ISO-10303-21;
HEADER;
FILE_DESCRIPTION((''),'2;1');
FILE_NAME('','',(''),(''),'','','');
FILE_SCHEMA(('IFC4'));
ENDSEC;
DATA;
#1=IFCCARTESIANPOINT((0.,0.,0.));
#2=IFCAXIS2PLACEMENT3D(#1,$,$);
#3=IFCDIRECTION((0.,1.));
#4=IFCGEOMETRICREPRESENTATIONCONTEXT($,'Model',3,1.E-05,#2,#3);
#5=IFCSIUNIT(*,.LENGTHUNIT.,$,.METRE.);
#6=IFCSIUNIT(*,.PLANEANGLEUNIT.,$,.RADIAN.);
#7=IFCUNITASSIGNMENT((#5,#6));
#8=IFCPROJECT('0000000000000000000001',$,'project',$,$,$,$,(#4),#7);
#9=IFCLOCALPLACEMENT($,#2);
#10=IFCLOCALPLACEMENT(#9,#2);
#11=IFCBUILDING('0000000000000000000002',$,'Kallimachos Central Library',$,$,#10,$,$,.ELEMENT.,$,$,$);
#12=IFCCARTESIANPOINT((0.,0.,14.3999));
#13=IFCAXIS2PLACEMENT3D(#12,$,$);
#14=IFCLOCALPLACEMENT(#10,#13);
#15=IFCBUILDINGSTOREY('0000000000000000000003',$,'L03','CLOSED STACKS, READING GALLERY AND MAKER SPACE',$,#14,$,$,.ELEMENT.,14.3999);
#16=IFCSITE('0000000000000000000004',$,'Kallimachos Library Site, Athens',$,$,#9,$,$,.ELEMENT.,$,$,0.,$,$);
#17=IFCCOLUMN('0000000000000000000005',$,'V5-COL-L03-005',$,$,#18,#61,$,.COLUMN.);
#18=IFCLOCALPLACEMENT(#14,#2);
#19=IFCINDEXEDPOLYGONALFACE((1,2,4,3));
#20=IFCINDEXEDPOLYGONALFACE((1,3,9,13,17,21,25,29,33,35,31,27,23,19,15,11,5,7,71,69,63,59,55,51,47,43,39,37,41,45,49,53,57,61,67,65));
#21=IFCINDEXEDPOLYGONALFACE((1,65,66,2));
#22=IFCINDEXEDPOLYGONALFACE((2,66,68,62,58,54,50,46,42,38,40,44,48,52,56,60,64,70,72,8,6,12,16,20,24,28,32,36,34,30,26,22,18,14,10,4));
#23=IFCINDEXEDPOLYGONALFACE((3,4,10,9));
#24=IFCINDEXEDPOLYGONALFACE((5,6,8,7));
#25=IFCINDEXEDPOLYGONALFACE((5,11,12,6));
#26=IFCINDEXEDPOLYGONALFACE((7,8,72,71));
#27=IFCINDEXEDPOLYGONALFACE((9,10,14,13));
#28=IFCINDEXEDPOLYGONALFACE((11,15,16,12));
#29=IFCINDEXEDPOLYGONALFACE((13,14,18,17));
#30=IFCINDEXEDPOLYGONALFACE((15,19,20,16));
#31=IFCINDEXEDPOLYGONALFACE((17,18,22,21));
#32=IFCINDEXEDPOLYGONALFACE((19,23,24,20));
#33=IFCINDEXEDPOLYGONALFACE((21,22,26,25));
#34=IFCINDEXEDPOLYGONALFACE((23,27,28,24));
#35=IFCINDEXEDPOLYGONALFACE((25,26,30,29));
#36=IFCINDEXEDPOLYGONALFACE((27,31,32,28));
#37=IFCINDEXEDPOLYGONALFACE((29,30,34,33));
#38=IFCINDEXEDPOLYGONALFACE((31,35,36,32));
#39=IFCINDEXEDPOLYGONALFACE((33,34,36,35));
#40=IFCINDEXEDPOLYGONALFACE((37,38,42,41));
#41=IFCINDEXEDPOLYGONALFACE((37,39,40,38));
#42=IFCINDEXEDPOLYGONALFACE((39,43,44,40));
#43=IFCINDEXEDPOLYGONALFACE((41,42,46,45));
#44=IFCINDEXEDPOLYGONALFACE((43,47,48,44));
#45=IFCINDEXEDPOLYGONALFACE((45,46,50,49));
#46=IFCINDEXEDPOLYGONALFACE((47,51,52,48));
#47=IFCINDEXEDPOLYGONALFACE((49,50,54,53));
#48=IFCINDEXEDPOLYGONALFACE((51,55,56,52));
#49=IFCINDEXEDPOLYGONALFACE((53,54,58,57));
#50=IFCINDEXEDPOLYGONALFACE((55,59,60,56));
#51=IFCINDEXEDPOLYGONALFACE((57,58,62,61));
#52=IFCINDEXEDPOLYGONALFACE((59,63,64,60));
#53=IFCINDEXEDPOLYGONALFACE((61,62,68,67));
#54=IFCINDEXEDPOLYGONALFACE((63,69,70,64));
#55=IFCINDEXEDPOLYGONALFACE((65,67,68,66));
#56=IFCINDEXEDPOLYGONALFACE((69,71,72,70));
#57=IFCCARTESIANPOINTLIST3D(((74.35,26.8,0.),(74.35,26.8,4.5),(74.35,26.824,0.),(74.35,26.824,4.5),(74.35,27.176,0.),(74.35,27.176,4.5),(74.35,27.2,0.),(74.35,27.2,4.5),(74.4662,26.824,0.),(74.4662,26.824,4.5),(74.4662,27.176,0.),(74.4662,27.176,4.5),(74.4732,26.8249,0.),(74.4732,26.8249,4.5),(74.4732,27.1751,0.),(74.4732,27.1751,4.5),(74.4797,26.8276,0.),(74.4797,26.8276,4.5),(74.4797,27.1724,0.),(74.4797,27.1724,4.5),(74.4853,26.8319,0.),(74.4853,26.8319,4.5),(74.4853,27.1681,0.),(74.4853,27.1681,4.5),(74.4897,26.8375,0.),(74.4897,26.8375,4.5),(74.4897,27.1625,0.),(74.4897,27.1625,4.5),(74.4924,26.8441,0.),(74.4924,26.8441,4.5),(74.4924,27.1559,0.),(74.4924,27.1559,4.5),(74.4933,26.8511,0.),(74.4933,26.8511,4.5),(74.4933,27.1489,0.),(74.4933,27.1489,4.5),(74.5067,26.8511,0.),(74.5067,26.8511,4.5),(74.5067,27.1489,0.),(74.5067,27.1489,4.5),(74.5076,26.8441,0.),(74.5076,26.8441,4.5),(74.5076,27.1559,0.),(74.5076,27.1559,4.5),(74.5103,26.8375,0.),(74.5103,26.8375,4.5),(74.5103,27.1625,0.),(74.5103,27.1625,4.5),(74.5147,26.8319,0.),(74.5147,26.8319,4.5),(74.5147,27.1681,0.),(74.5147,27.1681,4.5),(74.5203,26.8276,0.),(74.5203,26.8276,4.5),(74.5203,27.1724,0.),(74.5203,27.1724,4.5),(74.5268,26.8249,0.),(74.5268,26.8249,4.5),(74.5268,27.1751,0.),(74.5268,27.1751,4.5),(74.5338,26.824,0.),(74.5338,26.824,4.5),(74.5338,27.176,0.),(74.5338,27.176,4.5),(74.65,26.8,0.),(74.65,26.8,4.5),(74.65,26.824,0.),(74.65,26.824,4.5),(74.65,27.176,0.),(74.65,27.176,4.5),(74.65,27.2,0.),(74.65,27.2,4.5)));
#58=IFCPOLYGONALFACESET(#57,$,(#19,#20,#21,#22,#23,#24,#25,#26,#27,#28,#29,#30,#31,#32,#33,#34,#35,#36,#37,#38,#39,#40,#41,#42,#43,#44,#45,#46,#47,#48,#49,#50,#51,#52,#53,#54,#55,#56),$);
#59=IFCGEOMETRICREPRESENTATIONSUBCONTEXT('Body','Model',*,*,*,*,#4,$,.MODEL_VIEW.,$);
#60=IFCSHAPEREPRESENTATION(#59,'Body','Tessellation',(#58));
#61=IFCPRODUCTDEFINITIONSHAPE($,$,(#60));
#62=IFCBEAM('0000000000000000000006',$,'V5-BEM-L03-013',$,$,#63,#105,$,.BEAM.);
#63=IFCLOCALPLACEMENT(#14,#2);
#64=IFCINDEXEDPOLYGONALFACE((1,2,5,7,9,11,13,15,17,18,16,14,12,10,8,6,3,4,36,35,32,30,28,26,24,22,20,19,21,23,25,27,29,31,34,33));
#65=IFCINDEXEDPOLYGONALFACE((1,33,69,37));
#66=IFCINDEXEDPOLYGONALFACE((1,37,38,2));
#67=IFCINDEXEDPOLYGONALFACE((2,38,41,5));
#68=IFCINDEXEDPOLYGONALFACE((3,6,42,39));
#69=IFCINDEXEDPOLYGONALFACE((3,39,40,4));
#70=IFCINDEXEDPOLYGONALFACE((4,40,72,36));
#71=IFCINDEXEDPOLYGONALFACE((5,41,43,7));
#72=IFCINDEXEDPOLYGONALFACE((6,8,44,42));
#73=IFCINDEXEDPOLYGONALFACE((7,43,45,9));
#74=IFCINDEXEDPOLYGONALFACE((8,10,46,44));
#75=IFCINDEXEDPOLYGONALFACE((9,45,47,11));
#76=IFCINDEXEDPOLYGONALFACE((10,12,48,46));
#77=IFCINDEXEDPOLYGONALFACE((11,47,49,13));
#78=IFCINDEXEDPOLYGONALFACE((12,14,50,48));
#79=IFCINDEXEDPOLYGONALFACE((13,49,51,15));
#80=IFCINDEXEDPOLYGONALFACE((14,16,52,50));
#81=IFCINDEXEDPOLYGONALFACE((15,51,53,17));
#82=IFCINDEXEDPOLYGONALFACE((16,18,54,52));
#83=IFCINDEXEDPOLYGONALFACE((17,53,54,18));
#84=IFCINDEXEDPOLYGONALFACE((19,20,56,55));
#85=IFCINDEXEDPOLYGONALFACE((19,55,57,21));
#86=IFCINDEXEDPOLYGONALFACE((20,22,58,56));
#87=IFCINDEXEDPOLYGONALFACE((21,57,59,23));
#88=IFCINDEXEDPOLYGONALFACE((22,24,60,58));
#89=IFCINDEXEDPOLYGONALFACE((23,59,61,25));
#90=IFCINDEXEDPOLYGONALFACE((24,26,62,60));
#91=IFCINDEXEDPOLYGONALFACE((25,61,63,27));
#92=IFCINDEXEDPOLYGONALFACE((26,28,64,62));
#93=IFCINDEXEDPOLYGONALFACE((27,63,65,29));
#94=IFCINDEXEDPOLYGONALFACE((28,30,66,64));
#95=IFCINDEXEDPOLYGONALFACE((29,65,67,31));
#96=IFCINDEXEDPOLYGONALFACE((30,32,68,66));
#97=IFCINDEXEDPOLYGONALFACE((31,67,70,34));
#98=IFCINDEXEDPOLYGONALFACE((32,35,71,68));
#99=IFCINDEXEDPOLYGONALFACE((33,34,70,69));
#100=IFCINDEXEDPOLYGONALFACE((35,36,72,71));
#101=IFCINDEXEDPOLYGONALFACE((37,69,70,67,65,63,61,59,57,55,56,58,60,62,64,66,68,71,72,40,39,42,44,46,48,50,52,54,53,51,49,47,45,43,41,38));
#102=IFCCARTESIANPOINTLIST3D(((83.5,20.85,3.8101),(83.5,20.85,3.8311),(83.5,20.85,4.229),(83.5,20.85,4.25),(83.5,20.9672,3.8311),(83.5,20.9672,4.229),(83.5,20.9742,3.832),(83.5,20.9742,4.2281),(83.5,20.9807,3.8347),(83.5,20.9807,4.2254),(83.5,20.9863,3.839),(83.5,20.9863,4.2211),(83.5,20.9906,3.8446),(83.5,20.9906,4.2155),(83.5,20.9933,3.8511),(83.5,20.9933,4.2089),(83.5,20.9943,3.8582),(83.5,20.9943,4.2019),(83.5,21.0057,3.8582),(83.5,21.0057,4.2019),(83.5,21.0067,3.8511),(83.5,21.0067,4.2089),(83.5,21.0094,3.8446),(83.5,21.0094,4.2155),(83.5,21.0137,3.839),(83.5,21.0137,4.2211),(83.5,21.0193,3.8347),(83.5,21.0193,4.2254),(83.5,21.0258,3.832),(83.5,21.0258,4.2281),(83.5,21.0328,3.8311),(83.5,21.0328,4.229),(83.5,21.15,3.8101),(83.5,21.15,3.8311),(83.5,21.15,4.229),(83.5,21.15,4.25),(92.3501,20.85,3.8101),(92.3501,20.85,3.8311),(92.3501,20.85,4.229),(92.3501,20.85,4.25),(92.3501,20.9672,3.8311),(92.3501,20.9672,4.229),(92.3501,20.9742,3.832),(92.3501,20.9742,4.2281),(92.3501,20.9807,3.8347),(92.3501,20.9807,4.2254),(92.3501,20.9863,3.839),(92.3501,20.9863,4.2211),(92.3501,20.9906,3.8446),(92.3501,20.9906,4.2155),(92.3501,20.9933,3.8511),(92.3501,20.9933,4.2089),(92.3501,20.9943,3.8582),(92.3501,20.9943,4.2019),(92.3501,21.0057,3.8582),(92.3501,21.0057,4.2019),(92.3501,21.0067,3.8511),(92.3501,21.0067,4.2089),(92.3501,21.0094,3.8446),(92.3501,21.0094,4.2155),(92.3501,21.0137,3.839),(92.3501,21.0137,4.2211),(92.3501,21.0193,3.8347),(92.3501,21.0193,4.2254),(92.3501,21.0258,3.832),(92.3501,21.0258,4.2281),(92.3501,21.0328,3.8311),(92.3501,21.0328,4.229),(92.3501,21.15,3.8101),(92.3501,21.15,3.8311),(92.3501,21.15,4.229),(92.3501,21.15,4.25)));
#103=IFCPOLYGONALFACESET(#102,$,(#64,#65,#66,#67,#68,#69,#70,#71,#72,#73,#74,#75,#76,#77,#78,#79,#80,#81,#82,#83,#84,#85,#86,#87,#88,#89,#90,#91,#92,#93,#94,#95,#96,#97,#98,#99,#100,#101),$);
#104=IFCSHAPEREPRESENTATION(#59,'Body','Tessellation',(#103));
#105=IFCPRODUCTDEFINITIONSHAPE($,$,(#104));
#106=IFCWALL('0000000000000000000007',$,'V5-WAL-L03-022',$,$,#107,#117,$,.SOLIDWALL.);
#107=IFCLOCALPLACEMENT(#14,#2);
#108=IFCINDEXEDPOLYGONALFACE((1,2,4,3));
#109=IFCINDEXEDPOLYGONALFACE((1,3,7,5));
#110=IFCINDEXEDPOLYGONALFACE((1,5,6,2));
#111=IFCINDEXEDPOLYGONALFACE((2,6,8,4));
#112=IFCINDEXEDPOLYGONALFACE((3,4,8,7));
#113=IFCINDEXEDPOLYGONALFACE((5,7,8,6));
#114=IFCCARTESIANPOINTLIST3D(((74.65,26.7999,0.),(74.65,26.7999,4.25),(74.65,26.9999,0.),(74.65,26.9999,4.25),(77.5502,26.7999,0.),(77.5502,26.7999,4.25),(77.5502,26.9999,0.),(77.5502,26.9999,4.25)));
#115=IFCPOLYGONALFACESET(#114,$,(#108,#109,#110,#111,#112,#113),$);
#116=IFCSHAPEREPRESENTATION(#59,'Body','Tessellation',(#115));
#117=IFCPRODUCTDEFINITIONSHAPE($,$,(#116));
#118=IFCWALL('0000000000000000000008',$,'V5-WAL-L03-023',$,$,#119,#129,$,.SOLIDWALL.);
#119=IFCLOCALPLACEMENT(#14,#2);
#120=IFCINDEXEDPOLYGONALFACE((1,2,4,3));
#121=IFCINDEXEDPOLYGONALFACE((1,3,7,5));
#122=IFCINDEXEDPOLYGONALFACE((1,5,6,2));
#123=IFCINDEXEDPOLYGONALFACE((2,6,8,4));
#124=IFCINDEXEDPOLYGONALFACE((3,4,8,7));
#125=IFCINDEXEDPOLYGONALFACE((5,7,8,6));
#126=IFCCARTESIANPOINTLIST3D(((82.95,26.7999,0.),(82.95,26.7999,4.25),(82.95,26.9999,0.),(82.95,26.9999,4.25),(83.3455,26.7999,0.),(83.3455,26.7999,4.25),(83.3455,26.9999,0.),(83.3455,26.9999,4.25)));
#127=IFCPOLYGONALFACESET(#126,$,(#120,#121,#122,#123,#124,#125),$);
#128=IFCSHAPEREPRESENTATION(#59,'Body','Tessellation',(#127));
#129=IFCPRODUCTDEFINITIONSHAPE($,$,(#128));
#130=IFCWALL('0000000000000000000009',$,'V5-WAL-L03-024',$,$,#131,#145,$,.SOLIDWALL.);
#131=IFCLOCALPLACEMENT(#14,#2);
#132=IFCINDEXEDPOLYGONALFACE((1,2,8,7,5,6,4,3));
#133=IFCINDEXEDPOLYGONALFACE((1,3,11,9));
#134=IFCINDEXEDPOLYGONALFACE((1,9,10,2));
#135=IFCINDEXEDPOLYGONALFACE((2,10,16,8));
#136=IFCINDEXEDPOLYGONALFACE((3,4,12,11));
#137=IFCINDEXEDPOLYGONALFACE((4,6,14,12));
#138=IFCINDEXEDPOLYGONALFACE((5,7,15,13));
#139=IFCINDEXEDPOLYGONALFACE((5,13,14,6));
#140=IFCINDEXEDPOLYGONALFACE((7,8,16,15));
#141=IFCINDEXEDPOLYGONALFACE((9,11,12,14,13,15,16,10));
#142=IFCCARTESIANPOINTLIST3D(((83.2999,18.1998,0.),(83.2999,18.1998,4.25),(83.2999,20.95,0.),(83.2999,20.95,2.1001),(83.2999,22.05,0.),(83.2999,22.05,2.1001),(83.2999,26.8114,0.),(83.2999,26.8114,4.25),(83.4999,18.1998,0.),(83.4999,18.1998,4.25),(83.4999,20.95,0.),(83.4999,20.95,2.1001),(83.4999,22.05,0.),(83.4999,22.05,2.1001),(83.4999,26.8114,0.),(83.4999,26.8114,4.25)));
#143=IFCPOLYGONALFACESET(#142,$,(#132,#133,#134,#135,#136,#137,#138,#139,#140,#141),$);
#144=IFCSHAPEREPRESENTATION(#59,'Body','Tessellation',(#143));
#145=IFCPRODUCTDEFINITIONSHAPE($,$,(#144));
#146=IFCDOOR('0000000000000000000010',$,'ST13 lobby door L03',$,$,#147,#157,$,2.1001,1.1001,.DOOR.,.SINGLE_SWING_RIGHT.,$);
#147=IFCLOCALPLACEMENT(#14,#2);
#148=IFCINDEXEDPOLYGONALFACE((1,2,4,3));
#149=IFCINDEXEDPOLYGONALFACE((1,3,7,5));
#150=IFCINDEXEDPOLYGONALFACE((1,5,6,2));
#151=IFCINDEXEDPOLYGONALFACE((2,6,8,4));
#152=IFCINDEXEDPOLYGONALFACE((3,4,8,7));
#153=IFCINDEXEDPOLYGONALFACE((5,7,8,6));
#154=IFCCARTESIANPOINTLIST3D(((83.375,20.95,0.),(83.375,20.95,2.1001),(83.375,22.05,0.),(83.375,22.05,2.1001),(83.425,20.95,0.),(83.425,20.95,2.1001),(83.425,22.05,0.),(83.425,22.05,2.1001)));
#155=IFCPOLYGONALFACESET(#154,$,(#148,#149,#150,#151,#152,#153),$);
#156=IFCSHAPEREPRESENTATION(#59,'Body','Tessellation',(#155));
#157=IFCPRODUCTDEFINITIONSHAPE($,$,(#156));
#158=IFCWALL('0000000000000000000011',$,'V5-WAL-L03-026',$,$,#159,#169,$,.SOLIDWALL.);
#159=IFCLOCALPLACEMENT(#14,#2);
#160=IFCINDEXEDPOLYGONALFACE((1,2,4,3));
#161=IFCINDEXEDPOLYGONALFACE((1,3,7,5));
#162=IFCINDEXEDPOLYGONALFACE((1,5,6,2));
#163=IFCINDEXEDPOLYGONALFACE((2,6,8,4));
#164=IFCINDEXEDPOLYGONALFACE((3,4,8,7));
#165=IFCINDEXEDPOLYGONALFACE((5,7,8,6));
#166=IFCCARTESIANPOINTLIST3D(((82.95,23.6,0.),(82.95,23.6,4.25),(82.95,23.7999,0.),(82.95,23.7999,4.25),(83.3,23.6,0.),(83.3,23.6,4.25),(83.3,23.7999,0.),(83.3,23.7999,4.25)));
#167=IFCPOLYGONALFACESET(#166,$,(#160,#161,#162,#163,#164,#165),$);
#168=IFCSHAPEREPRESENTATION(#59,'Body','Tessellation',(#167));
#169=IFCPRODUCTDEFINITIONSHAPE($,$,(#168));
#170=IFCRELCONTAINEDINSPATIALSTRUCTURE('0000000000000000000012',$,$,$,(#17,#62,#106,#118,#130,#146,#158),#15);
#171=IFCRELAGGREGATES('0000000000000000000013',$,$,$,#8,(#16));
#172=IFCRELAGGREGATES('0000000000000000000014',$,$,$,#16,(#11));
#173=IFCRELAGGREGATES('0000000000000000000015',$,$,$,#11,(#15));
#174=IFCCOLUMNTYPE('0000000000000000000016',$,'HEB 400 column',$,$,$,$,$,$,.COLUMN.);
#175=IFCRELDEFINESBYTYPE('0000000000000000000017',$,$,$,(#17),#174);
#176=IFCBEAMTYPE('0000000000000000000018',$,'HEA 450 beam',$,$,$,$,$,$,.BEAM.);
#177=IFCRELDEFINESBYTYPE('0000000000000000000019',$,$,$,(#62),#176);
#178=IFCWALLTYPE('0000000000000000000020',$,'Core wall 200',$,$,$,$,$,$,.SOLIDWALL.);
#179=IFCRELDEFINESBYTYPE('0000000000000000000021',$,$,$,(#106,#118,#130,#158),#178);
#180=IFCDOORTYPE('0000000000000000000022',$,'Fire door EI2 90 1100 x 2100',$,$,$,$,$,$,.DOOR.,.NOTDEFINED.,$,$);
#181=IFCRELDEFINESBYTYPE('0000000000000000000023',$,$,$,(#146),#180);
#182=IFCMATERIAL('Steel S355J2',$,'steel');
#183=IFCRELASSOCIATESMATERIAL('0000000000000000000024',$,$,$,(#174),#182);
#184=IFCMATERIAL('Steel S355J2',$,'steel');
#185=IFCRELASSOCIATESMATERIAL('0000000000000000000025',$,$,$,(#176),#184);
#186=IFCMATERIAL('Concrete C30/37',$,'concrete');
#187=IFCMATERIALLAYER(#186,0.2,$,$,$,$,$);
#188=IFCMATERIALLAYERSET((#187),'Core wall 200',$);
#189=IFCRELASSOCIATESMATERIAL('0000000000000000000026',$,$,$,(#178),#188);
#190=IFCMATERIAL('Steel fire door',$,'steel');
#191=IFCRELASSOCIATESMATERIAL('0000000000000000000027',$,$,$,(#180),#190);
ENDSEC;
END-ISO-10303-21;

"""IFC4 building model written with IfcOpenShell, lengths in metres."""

from ifc_helpers import new_model, si_unit, direction, frame, frame_2d, origin, origin_2d, place, context, subcontext, project, spatial, rectangle, i_section, extrude, material, layer, layer_set, material_profile, profile_set, type_object, element, fill, save


model = new_model("IFC4")

# Units and contexts
model_context = context("Model", 3, precision=1e-05, world=origin(), true_north=direction((0.0, 1.0)))
body_context = subcontext(model_context, "Body", "Model", "MODEL_VIEW")
ifc_project = project(units=[si_unit("LENGTHUNIT", "METRE"), si_unit("PLANEANGLEUNIT", "RADIAN")], contexts=[model_context])

# Site, building, storey
site_placement = place(None, origin())
site = spatial("IfcSite", under=ifc_project, at=site_placement, Name="Kallimachos Library Site, Athens", CompositionType="ELEMENT", RefElevation=0.0)
building_placement = place(site_placement, origin())
building = spatial("IfcBuilding", under=site, at=building_placement, Name="Kallimachos Central Library", CompositionType="ELEMENT")
storey_placement = place(building_placement, frame((0.0, 0.0, 14.3999)))
storey = spatial("IfcBuildingStorey", under=building, at=storey_placement, Name="L03", Description="CLOSED STACKS, READING GALLERY AND MAKER SPACE", CompositionType="ELEMENT", Elevation=14.3999)

# Column
ifc_material_1 = material(Name="Steel S355J2", Category="steel")
ifc_material_profile_1 = material_profile(ifc_material_1, i_section(OverallWidth=0.3, OverallDepth=0.3999, WebThickness=0.0134, FlangeThickness=0.0239, FilletRadius=0.0271, at=origin_2d()), Name="HEB 400")
ifc_profile_set_1 = profile_set([ifc_material_profile_1], Name="Steel S355J2")
column_type = type_object("IfcColumnType", Name="HEB 400 column", PredefinedType="COLUMN", material=ifc_profile_set_1)
column_placement = place(storey_placement, frame((74.5, 27.0, 0.0), z_axis=(0.0, 0.0, 1.0), x_axis=(1.0, 0.0, 0.0)))
element("IfcColumn", 1, at=column_placement, inside=storey, type_object=column_type, Name="V5-COL-L03-005", PredefinedType="COLUMN", context=body_context, shape_type="SweptSolid", body=[
    extrude(i_section(OverallWidth=0.3, OverallDepth=0.3999, WebThickness=0.0134, FlangeThickness=0.0239, FilletRadius=0.0271, at=origin_2d()), origin(), (0.0, 0.0, 1.0), 4.5),
])

# Beam
ifc_material_2 = material(Name="Steel S355J2", Category="steel")
ifc_material_profile_2 = material_profile(ifc_material_2, i_section(OverallWidth=0.3, OverallDepth=0.4399, WebThickness=0.0115, FlangeThickness=0.021, FilletRadius=0.0271, at=origin_2d()), Name="HEA 450")
ifc_profile_set_2 = profile_set([ifc_material_profile_2], Name="Steel S355J2")
beam_type = type_object("IfcBeamType", Name="HEA 450 beam", PredefinedType="BEAM", material=ifc_profile_set_2)
beam_placement = place(storey_placement, frame((83.5, 21.0, 4.03), z_axis=(1.0, 0.0, 0.0), x_axis=(0.0, 1.0, 0.0)))
element("IfcBeam", 2, at=beam_placement, inside=storey, type_object=beam_type, Name="V5-BEM-L03-013", PredefinedType="BEAM", context=body_context, shape_type="SweptSolid", body=[
    extrude(i_section(OverallWidth=0.3, OverallDepth=0.4399, WebThickness=0.0115, FlangeThickness=0.021, FilletRadius=0.0271, at=origin_2d()), origin(), (0.0, 0.0, 1.0), 8.8501),
])

# Walls
ifc_material_3 = material(Name="Concrete C30/37", Category="concrete")
ifc_layer_1 = layer(ifc_material_3, 0.2)
ifc_layer_set_1 = layer_set([ifc_layer_1], Name="Core wall 200")
wall_type_1 = type_object("IfcWallType", Name="Core wall 200", PredefinedType="SOLIDWALL", material=ifc_layer_set_1)
wall_1_placement = place(storey_placement, frame((74.6499, 26.8999, 0.0), z_axis=(0.0, 0.0, 1.0), x_axis=(1.0, 0.0, 0.0)))
element("IfcWall", 3, at=wall_1_placement, inside=storey, type_object=wall_type_1, Name="V5-WAL-L03-022", PredefinedType="SOLIDWALL", context=body_context, shape_type="SweptSolid", body=[
    extrude(rectangle(XDim=2.9001, YDim=0.2, at=frame_2d((1.4502, 0.0))), origin(), (0.0, 0.0, 1.0), 4.25),
])
wall_2_placement = place(storey_placement, frame((82.95, 26.8999, 0.0), z_axis=(0.0, 0.0, 1.0), x_axis=(1.0, 0.0, 0.0)))
element("IfcWall", 4, at=wall_2_placement, inside=storey, type_object=wall_type_1, Name="V5-WAL-L03-023", PredefinedType="SOLIDWALL", context=body_context, shape_type="SweptSolid", body=[
    extrude(rectangle(XDim=0.3955, YDim=0.2, at=frame_2d((0.1978, 0.0))), origin(), (0.0, 0.0, 1.0), 4.25),
])

# Wall, opening, door
wall_3_placement = place(storey_placement, frame((83.3999, 18.2, 0.0), z_axis=(0.0, 0.0, 1.0), x_axis=(0.0, 1.0, 0.0)))
wall_3 = element("IfcWall", 5, at=wall_3_placement, inside=storey, type_object=wall_type_1, Name="V5-WAL-L03-024", PredefinedType="SOLIDWALL", context=body_context, shape_type="SweptSolid", body=[
    extrude(rectangle(XDim=8.6116, YDim=0.2, at=frame_2d((4.3057, 0.0))), origin(), (0.0, 0.0, 1.0), 4.25),
])
opening_1_placement = place(wall_3_placement, frame((2.75, 0.0, 0.0)))
opening_1 = element("IfcOpeningElement", 6, at=opening_1_placement, cuts=wall_3, PredefinedType="OPENING", context=body_context, shape_type="SweptSolid", body=[
    extrude(rectangle(XDim=1.1001, YDim=2.1001, at=frame_2d((0.55, 1.05))), frame((0.0, 0.1099, 0.0), z_axis=(0.0, -1.0, 0.0), x_axis=(1.0, 0.0, 0.0)), (0.0, 0.0, 1.0), 0.22),
])
ifc_material_4 = material(Name="Steel fire door", Category="steel")
door_type_1 = type_object("IfcDoorType", Name="Fire door EI2 90 1100 x 2100", OperationType="NOTDEFINED", PredefinedType="DOOR", material=ifc_material_4)
door_1_placement = place(opening_1_placement, origin())
door_1 = element("IfcDoor", 7, at=door_1_placement, inside=storey, type_object=door_type_1, Name="ST13 lobby door L03", OperationType="SINGLE_SWING_RIGHT", OverallHeight=2.1001, OverallWidth=1.1001, PredefinedType="DOOR", context=body_context, shape_type="SweptSolid", body=[
    extrude(rectangle(XDim=1.1001, YDim=2.1001, at=frame_2d((0.55, 1.05))), frame((0.0, 0.0249, 0.0), z_axis=(0.0, -1.0, 0.0), x_axis=(1.0, 0.0, 0.0)), (0.0, 0.0, 1.0), 0.05),
])
fill(opening_1, door_1)

# Wall
wall_4_placement = place(storey_placement, frame((82.95, 23.7, 0.0), z_axis=(0.0, 0.0, 1.0), x_axis=(1.0, 0.0, 0.0)))
element("IfcWall", 8, at=wall_4_placement, inside=storey, type_object=wall_type_1, Name="V5-WAL-L03-026", PredefinedType="SOLIDWALL", context=body_context, shape_type="SweptSolid", body=[
    extrude(rectangle(XDim=0.3501, YDim=0.2, at=frame_2d((0.175, 0.0))), origin(), (0.0, 0.0, 1.0), 4.25),
])

save(model, "model.ifc")
